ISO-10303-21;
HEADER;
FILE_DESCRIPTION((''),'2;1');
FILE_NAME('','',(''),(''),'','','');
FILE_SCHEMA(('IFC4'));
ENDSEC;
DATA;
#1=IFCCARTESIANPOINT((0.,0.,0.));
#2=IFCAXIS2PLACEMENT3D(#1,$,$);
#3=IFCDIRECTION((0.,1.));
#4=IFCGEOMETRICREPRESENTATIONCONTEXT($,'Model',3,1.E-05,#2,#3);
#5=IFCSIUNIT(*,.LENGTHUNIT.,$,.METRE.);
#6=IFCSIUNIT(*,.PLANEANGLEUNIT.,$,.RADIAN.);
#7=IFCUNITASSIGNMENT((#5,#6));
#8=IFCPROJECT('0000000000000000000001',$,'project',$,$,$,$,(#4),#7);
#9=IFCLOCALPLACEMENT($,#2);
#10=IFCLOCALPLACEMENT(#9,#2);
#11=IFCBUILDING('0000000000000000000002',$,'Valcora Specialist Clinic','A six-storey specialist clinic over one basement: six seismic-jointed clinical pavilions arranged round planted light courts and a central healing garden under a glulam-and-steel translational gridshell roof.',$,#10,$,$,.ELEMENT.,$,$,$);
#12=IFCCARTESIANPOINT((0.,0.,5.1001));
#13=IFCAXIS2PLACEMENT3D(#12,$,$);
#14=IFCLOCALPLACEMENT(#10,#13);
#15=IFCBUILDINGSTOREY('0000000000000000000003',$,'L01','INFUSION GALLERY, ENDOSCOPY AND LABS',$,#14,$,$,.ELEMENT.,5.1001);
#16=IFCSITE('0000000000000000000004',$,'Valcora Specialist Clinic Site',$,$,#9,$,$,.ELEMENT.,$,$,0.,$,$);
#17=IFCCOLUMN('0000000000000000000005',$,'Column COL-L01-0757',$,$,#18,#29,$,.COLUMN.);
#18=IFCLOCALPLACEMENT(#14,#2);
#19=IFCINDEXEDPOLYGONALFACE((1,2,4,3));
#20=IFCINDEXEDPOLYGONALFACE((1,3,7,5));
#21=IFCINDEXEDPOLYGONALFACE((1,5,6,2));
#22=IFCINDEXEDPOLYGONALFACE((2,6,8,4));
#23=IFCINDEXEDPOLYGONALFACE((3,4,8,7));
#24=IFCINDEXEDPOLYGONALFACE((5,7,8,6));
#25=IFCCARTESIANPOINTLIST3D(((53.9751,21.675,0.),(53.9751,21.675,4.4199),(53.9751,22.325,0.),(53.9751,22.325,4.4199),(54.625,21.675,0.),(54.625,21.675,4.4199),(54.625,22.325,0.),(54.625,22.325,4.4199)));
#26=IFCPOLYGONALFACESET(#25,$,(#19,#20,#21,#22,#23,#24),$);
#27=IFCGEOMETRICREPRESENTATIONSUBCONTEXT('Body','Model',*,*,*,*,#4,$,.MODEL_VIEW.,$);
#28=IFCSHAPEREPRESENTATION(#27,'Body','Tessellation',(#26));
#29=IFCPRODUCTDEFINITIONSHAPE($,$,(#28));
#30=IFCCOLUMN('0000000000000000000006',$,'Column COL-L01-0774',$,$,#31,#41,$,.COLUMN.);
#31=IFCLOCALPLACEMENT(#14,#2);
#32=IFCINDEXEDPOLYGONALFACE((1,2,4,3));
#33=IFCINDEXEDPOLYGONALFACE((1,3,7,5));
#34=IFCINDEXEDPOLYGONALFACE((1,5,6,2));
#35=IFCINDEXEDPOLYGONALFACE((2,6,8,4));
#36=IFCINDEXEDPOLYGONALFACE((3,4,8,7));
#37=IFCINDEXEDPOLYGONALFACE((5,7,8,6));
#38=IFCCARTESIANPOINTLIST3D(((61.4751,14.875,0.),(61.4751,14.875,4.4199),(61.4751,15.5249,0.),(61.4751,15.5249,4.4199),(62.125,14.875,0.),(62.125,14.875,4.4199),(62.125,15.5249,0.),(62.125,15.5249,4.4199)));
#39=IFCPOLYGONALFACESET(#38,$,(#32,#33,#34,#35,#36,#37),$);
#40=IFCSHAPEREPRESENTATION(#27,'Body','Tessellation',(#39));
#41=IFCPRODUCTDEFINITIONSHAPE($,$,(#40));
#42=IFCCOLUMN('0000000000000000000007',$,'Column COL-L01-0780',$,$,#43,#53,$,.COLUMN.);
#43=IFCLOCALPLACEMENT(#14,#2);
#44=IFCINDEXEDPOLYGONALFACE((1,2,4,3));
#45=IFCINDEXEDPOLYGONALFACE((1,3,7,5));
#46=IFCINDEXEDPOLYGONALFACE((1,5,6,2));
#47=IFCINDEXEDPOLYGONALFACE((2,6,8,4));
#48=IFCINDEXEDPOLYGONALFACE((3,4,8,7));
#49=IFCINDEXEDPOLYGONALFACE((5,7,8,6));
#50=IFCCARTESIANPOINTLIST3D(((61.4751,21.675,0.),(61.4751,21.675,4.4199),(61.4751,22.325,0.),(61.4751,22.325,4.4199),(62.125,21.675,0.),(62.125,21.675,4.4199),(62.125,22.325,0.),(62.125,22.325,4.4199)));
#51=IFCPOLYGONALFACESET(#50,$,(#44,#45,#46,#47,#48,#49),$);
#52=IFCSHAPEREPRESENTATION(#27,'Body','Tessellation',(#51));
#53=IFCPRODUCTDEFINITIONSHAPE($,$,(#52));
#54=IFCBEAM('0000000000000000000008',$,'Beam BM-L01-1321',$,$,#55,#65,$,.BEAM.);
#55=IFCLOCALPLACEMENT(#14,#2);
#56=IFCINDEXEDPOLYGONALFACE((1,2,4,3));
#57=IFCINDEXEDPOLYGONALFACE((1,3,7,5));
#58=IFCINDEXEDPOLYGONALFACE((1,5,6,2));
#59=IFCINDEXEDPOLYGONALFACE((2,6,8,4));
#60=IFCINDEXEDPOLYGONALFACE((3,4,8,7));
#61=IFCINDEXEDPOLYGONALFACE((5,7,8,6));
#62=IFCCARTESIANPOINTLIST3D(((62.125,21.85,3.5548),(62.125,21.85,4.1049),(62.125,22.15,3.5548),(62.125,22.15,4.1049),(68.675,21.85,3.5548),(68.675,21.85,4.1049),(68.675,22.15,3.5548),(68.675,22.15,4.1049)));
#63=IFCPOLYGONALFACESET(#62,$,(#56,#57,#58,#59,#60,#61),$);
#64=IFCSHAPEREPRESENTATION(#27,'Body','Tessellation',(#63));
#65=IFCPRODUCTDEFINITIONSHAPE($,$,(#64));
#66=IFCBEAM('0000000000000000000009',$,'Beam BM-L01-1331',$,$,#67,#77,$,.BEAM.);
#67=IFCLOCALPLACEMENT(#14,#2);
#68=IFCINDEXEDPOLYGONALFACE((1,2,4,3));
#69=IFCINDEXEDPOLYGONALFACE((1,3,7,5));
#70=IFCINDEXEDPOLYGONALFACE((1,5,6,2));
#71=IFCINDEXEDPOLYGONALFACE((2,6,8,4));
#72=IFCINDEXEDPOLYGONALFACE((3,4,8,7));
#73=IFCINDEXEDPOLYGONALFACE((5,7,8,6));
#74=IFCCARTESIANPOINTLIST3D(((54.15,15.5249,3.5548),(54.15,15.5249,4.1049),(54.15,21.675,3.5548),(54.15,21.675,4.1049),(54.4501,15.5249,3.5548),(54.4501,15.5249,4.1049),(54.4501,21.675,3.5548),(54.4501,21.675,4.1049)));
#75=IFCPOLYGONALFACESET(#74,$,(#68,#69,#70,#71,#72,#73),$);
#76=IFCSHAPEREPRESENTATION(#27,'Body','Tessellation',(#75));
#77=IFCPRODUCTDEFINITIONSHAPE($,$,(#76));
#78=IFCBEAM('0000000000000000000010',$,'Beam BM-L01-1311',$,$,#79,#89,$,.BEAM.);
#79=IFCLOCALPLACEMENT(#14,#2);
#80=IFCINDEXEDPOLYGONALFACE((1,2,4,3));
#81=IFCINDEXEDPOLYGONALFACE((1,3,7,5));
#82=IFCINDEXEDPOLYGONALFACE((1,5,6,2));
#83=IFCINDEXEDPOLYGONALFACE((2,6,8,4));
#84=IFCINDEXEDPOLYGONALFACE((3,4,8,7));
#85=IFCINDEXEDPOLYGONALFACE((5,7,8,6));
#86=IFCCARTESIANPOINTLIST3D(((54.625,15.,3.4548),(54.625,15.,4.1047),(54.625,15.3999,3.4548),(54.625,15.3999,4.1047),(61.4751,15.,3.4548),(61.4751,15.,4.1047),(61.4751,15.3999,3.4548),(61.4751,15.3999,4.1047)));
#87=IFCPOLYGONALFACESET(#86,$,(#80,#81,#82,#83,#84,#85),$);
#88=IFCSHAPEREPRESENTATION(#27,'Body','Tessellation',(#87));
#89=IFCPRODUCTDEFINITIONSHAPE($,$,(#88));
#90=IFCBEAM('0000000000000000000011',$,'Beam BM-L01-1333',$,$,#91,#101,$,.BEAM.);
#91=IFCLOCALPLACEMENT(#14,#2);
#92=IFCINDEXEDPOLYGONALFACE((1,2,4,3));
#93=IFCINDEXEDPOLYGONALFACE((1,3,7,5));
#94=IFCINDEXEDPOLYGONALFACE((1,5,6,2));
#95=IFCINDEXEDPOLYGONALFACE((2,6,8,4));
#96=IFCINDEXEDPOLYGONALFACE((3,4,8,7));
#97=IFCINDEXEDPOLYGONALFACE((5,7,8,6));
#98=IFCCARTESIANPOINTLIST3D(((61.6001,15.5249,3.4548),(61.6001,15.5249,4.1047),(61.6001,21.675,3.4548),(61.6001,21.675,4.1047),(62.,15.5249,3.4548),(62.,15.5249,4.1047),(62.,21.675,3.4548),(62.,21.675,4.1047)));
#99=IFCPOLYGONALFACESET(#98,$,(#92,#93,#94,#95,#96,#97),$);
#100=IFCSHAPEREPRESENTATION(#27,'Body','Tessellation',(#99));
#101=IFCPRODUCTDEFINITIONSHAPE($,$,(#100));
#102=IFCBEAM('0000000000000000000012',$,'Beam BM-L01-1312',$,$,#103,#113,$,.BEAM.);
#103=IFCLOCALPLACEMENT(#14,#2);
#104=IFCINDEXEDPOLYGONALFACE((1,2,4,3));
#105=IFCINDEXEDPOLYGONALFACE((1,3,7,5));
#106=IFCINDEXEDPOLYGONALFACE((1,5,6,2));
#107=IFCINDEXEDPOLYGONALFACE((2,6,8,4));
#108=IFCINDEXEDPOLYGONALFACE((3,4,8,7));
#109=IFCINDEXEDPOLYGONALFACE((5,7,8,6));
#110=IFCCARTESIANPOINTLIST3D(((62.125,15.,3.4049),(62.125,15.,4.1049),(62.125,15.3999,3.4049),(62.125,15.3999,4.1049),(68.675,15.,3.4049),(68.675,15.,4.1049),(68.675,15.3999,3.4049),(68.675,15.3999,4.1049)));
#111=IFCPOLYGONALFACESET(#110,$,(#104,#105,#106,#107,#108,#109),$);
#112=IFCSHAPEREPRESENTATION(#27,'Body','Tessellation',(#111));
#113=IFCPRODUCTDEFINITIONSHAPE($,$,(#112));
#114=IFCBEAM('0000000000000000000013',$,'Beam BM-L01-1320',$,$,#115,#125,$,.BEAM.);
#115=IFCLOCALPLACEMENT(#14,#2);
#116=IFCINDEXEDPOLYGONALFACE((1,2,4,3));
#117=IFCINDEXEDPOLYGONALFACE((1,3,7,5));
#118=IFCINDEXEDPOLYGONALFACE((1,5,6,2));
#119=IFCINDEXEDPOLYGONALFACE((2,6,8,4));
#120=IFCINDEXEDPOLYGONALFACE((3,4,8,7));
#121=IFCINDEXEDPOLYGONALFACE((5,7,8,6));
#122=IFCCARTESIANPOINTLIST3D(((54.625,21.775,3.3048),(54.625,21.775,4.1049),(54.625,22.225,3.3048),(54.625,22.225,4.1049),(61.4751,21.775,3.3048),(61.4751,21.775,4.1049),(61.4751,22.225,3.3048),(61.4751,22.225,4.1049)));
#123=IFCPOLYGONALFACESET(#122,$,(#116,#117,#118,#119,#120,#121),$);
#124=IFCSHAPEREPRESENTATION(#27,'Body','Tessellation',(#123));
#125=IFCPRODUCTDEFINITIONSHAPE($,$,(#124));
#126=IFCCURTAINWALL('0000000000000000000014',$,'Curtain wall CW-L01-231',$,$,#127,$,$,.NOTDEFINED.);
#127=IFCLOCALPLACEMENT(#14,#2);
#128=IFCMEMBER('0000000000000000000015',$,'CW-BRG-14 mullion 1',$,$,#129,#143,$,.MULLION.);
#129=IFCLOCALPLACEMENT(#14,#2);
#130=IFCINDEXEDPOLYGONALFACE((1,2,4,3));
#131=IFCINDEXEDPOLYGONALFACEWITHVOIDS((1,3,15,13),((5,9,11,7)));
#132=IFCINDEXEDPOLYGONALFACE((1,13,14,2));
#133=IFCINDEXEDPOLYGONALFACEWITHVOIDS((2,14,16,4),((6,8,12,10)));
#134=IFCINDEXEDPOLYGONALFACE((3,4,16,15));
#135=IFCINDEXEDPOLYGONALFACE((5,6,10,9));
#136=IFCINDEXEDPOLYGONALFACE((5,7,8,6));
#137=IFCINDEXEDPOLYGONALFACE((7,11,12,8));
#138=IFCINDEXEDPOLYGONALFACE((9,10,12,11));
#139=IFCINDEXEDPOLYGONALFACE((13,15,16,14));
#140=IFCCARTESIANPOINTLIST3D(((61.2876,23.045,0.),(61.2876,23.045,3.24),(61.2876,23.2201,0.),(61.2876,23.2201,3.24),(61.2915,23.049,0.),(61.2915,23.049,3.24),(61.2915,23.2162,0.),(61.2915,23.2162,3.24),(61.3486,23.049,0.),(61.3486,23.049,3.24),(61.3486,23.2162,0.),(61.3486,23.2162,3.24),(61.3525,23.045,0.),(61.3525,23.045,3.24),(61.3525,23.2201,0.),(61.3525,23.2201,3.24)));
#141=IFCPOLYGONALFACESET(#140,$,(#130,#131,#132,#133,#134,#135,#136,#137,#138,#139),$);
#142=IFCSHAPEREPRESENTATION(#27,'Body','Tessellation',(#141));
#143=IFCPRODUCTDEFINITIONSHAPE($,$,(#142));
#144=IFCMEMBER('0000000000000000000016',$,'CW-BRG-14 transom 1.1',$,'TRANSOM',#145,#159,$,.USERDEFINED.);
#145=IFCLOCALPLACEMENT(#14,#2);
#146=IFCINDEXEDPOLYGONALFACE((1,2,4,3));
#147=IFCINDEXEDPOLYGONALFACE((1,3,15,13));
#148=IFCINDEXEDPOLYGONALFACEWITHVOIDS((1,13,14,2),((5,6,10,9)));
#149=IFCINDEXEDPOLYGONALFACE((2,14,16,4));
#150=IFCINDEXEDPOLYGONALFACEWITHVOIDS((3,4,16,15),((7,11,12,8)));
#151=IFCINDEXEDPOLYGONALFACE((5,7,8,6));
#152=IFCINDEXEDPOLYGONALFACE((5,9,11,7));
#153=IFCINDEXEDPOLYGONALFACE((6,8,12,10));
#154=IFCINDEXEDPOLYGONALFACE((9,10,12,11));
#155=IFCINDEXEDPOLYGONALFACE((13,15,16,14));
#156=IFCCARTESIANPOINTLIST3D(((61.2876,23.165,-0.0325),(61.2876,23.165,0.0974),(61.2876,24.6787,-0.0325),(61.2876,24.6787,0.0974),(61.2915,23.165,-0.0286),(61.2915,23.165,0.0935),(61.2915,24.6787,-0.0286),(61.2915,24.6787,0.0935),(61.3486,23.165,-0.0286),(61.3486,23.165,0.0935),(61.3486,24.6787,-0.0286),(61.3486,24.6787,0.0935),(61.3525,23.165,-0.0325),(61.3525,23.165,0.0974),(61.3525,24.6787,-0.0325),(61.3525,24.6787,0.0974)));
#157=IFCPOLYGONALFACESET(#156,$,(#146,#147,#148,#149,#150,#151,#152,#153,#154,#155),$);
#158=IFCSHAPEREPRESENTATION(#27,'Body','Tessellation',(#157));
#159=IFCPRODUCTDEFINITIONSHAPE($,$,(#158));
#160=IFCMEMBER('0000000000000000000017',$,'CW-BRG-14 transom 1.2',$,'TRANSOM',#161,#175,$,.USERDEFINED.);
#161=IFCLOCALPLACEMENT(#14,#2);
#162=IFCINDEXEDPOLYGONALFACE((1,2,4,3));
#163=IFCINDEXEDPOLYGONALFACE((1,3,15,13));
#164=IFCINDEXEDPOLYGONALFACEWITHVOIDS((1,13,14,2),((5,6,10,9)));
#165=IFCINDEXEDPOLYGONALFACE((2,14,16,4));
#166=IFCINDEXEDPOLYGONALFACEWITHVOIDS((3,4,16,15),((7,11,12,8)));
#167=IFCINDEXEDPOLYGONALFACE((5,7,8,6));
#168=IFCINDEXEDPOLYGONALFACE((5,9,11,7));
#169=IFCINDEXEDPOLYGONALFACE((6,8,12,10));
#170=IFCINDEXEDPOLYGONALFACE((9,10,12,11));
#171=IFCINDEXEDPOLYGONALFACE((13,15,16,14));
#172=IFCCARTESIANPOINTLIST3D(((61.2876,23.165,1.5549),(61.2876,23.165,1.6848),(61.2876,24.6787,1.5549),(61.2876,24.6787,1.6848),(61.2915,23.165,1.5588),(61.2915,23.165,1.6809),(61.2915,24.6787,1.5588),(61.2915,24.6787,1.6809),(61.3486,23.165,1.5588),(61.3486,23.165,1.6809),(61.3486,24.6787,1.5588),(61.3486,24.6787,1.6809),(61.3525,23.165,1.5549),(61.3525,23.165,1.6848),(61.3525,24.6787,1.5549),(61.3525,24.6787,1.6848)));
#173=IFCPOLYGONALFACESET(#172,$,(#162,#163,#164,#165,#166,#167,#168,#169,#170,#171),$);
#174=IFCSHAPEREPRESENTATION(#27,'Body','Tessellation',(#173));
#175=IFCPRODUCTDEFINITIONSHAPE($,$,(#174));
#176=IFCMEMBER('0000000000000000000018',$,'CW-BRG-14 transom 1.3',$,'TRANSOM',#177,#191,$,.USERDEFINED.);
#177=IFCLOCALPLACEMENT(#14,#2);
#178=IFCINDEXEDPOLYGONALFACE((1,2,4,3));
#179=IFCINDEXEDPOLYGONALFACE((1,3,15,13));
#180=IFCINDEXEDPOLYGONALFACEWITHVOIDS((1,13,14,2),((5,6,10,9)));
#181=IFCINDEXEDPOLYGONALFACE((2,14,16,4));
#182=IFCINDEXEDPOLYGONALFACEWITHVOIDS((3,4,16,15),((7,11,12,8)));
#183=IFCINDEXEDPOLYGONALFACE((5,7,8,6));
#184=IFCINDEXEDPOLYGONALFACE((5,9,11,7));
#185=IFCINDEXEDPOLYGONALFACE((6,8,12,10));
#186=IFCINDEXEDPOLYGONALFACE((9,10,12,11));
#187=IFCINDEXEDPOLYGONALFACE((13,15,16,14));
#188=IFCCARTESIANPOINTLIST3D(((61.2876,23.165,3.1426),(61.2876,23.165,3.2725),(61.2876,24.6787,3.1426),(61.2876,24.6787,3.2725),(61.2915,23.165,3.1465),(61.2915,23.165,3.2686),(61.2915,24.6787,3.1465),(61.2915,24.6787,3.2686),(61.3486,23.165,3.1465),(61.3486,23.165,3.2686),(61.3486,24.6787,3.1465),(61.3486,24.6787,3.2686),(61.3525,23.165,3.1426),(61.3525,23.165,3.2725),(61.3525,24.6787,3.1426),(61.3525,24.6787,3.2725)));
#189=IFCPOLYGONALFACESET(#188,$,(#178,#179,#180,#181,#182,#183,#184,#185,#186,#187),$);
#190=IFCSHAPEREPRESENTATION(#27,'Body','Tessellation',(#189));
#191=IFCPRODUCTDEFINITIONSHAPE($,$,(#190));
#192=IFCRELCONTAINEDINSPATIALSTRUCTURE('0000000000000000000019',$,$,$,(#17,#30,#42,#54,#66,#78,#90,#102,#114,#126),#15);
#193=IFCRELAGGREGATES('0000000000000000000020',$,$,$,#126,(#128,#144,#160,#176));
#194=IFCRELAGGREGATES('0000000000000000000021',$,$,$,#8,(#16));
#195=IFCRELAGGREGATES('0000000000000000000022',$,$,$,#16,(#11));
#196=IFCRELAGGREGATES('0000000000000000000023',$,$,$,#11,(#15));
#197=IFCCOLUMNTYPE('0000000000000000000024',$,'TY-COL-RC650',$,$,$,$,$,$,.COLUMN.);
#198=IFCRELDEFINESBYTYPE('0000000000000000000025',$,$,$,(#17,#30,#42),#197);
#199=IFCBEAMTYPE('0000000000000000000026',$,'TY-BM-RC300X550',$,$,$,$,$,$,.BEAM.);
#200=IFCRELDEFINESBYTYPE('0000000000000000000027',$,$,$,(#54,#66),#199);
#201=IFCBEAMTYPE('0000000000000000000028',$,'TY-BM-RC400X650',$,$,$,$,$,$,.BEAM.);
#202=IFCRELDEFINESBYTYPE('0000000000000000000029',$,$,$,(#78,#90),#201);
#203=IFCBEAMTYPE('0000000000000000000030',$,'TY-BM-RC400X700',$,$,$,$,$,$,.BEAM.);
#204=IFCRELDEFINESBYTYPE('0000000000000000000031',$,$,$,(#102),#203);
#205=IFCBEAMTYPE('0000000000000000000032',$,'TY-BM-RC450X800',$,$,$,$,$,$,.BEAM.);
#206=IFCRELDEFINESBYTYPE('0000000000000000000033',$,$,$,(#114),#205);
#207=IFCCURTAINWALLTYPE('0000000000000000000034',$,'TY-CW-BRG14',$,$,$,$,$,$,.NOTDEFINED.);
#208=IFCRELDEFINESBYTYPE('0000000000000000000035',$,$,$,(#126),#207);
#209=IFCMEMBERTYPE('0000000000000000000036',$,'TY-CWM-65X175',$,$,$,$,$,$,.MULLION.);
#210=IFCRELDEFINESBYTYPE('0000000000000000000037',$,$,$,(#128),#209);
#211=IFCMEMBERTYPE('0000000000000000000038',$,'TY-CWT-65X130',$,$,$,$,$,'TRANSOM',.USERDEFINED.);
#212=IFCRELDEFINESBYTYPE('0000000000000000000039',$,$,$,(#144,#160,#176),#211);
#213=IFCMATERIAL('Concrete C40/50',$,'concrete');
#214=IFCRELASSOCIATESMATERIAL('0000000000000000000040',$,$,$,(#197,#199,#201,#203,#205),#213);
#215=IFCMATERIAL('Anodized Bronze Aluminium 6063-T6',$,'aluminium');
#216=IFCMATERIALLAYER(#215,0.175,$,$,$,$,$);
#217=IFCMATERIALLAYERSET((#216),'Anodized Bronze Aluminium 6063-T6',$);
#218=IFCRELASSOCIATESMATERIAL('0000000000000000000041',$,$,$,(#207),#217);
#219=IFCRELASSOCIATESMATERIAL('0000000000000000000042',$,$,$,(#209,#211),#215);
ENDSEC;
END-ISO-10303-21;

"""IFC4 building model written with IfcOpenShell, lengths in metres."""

from ifc_helpers import new_model, si_unit, direction, frame, origin, origin_2d, place, context, subcontext, project, spatial, rectangle, hollow_rectangle, extrude, material, layer, layer_set, material_profile, profile_set, type_object, element, aggregate, save


model = new_model("IFC4")

# Units and contexts
model_context = context("Model", 3, precision=1e-05, world=origin(), true_north=direction((0.0, 1.0)))
body_context = subcontext(model_context, "Body", "Model", "MODEL_VIEW")
ifc_project = project(units=[si_unit("LENGTHUNIT", "METRE"), si_unit("PLANEANGLEUNIT", "RADIAN")], contexts=[model_context])

# Site, building, storey
site_placement = place(None, origin())
site = spatial("IfcSite", under=ifc_project, at=site_placement, Name="Valcora Specialist Clinic Site", CompositionType="ELEMENT", RefElevation=0.0)
building_placement = place(site_placement, origin())
building = spatial("IfcBuilding", under=site, at=building_placement, Name="Valcora Specialist Clinic", Description="A six-storey specialist clinic over one basement: six seismic-jointed clinical pavilions arranged round planted light courts and a central healing garden under a glulam-and-steel translational gridshell roof.", CompositionType="ELEMENT")
storey_placement = place(building_placement, frame((0.0, 0.0, 5.1001)))
storey = spatial("IfcBuildingStorey", under=building, at=storey_placement, Name="L01", Description="INFUSION GALLERY, ENDOSCOPY AND LABS", CompositionType="ELEMENT", Elevation=5.1001)

# Columns
ifc_material_1 = material(Name="Concrete C40/50", Category="concrete")
ifc_material_profile_1 = material_profile(ifc_material_1, rectangle(XDim=0.6499, YDim=0.6499, at=origin_2d()), Name="RC-COL-650X650")
ifc_profile_set_1 = profile_set([ifc_material_profile_1], Name="Concrete C40/50")
column_type = type_object("IfcColumnType", Name="TY-COL-RC650", PredefinedType="COLUMN", material=ifc_profile_set_1)
for number, where, z_axis, x_axis, name in (
    (1, (54.3, 22.0, 0.0), (0.0, 0.0, 1.0), (1.0, 0.0, 0.0), "Column COL-L01-0757"),
    (2, (61.8, 15.2, 0.0), (0.0, 0.0, 1.0), (1.0, 0.0, 0.0), "Column COL-L01-0774"),
    (3, (61.8, 22.0, 0.0), (0.0, 0.0, 1.0), (1.0, 0.0, 0.0), "Column COL-L01-0780"),
):
    element("IfcColumn", number, at=place(storey_placement, frame(where, z_axis=z_axis, x_axis=x_axis)), inside=storey, type_object=column_type, Name=name, PredefinedType="COLUMN", context=body_context, shape_type="SweptSolid", body=[
        extrude(rectangle(XDim=0.6499, YDim=0.6499, at=origin_2d()), origin(), (0.0, 0.0, 1.0), 4.4199),
    ])

# Beams
ifc_material_profile_2 = material_profile(ifc_material_1, rectangle(XDim=0.3, YDim=0.55, at=origin_2d()), Name="RC-BM-300X550")
ifc_profile_set_2 = profile_set([ifc_material_profile_2], Name="Concrete C40/50")
beam_type_1 = type_object("IfcBeamType", Name="TY-BM-RC300X550", PredefinedType="BEAM", material=ifc_profile_set_2)
beam_1_placement = place(storey_placement, frame((62.125, 22.0, 3.8298), z_axis=(1.0, 0.0, 0.0), x_axis=(0.0, 1.0, 0.0)))
element("IfcBeam", 4, at=beam_1_placement, inside=storey, type_object=beam_type_1, Name="Beam BM-L01-1321", PredefinedType="BEAM", context=body_context, shape_type="SweptSolid", body=[
    extrude(rectangle(XDim=0.3, YDim=0.55, at=origin_2d()), origin(), (0.0, 0.0, 1.0), 6.55),
])
beam_2_placement = place(storey_placement, frame((54.3, 15.5249, 3.8298), z_axis=(0.0, 1.0, 0.0), x_axis=(-1.0, 0.0, 0.0)))
element("IfcBeam", 5, at=beam_2_placement, inside=storey, type_object=beam_type_1, Name="Beam BM-L01-1331", PredefinedType="BEAM", context=body_context, shape_type="SweptSolid", body=[
    extrude(rectangle(XDim=0.3, YDim=0.55, at=origin_2d()), origin(), (0.0, 0.0, 1.0), 6.1501),
])
ifc_material_profile_3 = material_profile(ifc_material_1, rectangle(XDim=0.3999, YDim=0.6499, at=origin_2d()), Name="RC-BM-400X650")
ifc_profile_set_3 = profile_set([ifc_material_profile_3], Name="Concrete C40/50")
beam_type_2 = type_object("IfcBeamType", Name="TY-BM-RC400X650", PredefinedType="BEAM", material=ifc_profile_set_3)
beam_3_placement = place(storey_placement, frame((54.625, 15.2, 3.7798), z_axis=(1.0, 0.0, 0.0), x_axis=(0.0, 1.0, 0.0)))
element("IfcBeam", 6, at=beam_3_placement, inside=storey, type_object=beam_type_2, Name="Beam BM-L01-1311", PredefinedType="BEAM", context=body_context, shape_type="SweptSolid", body=[
    extrude(rectangle(XDim=0.3999, YDim=0.6499, at=origin_2d()), origin(), (0.0, 0.0, 1.0), 6.8501),
])
beam_4_placement = place(storey_placement, frame((61.8, 15.5249, 3.7798), z_axis=(0.0, 1.0, 0.0), x_axis=(-1.0, 0.0, 0.0)))
element("IfcBeam", 7, at=beam_4_placement, inside=storey, type_object=beam_type_2, Name="Beam BM-L01-1333", PredefinedType="BEAM", context=body_context, shape_type="SweptSolid", body=[
    extrude(rectangle(XDim=0.3999, YDim=0.6499, at=origin_2d()), origin(), (0.0, 0.0, 1.0), 6.1501),
])
ifc_material_profile_4 = material_profile(ifc_material_1, rectangle(XDim=0.3999, YDim=0.7, at=origin_2d()), Name="RC-BM-400X700")
ifc_profile_set_4 = profile_set([ifc_material_profile_4], Name="Concrete C40/50")
beam_type_3 = type_object("IfcBeamType", Name="TY-BM-RC400X700", PredefinedType="BEAM", material=ifc_profile_set_4)
beam_5_placement = place(storey_placement, frame((62.125, 15.2, 3.7549), z_axis=(1.0, 0.0, 0.0), x_axis=(0.0, 1.0, 0.0)))
element("IfcBeam", 8, at=beam_5_placement, inside=storey, type_object=beam_type_3, Name="Beam BM-L01-1312", PredefinedType="BEAM", context=body_context, shape_type="SweptSolid", body=[
    extrude(rectangle(XDim=0.3999, YDim=0.7, at=origin_2d()), origin(), (0.0, 0.0, 1.0), 6.55),
])
ifc_material_profile_5 = material_profile(ifc_material_1, rectangle(XDim=0.45, YDim=0.8, at=origin_2d()), Name="RC-BM-450X800")
ifc_profile_set_5 = profile_set([ifc_material_profile_5], Name="Concrete C40/50")
beam_type_4 = type_object("IfcBeamType", Name="TY-BM-RC450X800", PredefinedType="BEAM", material=ifc_profile_set_5)
beam_6_placement = place(storey_placement, frame((54.625, 22.0, 3.7048), z_axis=(1.0, 0.0, 0.0), x_axis=(0.0, 1.0, 0.0)))
element("IfcBeam", 9, at=beam_6_placement, inside=storey, type_object=beam_type_4, Name="Beam BM-L01-1320", PredefinedType="BEAM", context=body_context, shape_type="SweptSolid", body=[
    extrude(rectangle(XDim=0.45, YDim=0.8, at=origin_2d()), origin(), (0.0, 0.0, 1.0), 6.8501),
])

# Curtain wall, members
ifc_material_2 = material(Name="Anodized Bronze Aluminium 6063-T6", Category="aluminium")
ifc_layer_1 = layer(ifc_material_2, 0.175)
ifc_layer_set_1 = layer_set([ifc_layer_1], Name="Anodized Bronze Aluminium 6063-T6")
curtain_wall_type = type_object("IfcCurtainWallType", Name="TY-CW-BRG14", PredefinedType="NOTDEFINED", material=ifc_layer_set_1)
curtain_wall_placement = place(storey_placement, origin())
curtain_wall = element("IfcCurtainWall", 10, at=curtain_wall_placement, inside=storey, type_object=curtain_wall_type, Name="Curtain wall CW-L01-231", PredefinedType="NOTDEFINED")
ifc_material_profile_6 = material_profile(ifc_material_2, hollow_rectangle(XDim=0.0649, YDim=0.175, WallThickness=0.0039, at=origin_2d()), Name="AL-MUL-65X175")
ifc_profile_set_6 = profile_set([ifc_material_profile_6], Name="Anodized Bronze Aluminium 6063-T6")
member_type_1 = type_object("IfcMemberType", Name="TY-CWM-65X175", PredefinedType="MULLION", material=ifc_profile_set_6)
member_1_placement = place(storey_placement, frame((61.3201, 23.1326, 0.0), z_axis=(0.0, 0.0, 1.0), x_axis=(-1.0, 0.0, 0.0)))
member_1 = element("IfcMember", 11, at=member_1_placement, type_object=member_type_1, Name="CW-BRG-14 mullion 1", PredefinedType="MULLION", context=body_context, shape_type="SweptSolid", body=[
    extrude(hollow_rectangle(XDim=0.0649, YDim=0.175, WallThickness=0.0039, at=origin_2d()), origin(), (0.0, 0.0, 1.0), 3.24),
])
ifc_material_profile_7 = material_profile(ifc_material_2, hollow_rectangle(XDim=0.0649, YDim=0.1299, WallThickness=0.0039, at=origin_2d()), Name="AL-TRN-65X130")
ifc_profile_set_7 = profile_set([ifc_material_profile_7], Name="Anodized Bronze Aluminium 6063-T6")
member_type_2 = type_object("IfcMemberType", Name="TY-CWT-65X130", ElementType="TRANSOM", PredefinedType="USERDEFINED", material=ifc_profile_set_7)
member_2_placement = place(storey_placement, frame((61.3201, 23.165, 0.0325), z_axis=(0.0, 1.0, 0.0), x_axis=(-1.0, 0.0, 0.0)))
member_2 = element("IfcMember", 12, at=member_2_placement, type_object=member_type_2, Name="CW-BRG-14 transom 1.1", ObjectType="TRANSOM", PredefinedType="USERDEFINED", context=body_context, shape_type="SweptSolid", body=[
    extrude(hollow_rectangle(XDim=0.0649, YDim=0.1299, WallThickness=0.0039, at=origin_2d()), origin(), (0.0, 0.0, 1.0), 1.5137),
])
member_3_placement = place(storey_placement, frame((61.3201, 23.165, 1.6199), z_axis=(0.0, 1.0, 0.0), x_axis=(-1.0, 0.0, 0.0)))
member_3 = element("IfcMember", 13, at=member_3_placement, type_object=member_type_2, Name="CW-BRG-14 transom 1.2", ObjectType="TRANSOM", PredefinedType="USERDEFINED", context=body_context, shape_type="SweptSolid", body=[
    extrude(hollow_rectangle(XDim=0.0649, YDim=0.1299, WallThickness=0.0039, at=origin_2d()), origin(), (0.0, 0.0, 1.0), 1.5137),
])
member_4_placement = place(storey_placement, frame((61.3201, 23.165, 3.2075), z_axis=(0.0, 1.0, 0.0), x_axis=(-1.0, 0.0, 0.0)))
member_4 = element("IfcMember", 14, at=member_4_placement, type_object=member_type_2, Name="CW-BRG-14 transom 1.3", ObjectType="TRANSOM", PredefinedType="USERDEFINED", context=body_context, shape_type="SweptSolid", body=[
    extrude(hollow_rectangle(XDim=0.0649, YDim=0.1299, WallThickness=0.0039, at=origin_2d()), origin(), (0.0, 0.0, 1.0), 1.5137),
])
aggregate(curtain_wall, [member_1, member_2, member_3, member_4])

save(model, "model.ifc")
